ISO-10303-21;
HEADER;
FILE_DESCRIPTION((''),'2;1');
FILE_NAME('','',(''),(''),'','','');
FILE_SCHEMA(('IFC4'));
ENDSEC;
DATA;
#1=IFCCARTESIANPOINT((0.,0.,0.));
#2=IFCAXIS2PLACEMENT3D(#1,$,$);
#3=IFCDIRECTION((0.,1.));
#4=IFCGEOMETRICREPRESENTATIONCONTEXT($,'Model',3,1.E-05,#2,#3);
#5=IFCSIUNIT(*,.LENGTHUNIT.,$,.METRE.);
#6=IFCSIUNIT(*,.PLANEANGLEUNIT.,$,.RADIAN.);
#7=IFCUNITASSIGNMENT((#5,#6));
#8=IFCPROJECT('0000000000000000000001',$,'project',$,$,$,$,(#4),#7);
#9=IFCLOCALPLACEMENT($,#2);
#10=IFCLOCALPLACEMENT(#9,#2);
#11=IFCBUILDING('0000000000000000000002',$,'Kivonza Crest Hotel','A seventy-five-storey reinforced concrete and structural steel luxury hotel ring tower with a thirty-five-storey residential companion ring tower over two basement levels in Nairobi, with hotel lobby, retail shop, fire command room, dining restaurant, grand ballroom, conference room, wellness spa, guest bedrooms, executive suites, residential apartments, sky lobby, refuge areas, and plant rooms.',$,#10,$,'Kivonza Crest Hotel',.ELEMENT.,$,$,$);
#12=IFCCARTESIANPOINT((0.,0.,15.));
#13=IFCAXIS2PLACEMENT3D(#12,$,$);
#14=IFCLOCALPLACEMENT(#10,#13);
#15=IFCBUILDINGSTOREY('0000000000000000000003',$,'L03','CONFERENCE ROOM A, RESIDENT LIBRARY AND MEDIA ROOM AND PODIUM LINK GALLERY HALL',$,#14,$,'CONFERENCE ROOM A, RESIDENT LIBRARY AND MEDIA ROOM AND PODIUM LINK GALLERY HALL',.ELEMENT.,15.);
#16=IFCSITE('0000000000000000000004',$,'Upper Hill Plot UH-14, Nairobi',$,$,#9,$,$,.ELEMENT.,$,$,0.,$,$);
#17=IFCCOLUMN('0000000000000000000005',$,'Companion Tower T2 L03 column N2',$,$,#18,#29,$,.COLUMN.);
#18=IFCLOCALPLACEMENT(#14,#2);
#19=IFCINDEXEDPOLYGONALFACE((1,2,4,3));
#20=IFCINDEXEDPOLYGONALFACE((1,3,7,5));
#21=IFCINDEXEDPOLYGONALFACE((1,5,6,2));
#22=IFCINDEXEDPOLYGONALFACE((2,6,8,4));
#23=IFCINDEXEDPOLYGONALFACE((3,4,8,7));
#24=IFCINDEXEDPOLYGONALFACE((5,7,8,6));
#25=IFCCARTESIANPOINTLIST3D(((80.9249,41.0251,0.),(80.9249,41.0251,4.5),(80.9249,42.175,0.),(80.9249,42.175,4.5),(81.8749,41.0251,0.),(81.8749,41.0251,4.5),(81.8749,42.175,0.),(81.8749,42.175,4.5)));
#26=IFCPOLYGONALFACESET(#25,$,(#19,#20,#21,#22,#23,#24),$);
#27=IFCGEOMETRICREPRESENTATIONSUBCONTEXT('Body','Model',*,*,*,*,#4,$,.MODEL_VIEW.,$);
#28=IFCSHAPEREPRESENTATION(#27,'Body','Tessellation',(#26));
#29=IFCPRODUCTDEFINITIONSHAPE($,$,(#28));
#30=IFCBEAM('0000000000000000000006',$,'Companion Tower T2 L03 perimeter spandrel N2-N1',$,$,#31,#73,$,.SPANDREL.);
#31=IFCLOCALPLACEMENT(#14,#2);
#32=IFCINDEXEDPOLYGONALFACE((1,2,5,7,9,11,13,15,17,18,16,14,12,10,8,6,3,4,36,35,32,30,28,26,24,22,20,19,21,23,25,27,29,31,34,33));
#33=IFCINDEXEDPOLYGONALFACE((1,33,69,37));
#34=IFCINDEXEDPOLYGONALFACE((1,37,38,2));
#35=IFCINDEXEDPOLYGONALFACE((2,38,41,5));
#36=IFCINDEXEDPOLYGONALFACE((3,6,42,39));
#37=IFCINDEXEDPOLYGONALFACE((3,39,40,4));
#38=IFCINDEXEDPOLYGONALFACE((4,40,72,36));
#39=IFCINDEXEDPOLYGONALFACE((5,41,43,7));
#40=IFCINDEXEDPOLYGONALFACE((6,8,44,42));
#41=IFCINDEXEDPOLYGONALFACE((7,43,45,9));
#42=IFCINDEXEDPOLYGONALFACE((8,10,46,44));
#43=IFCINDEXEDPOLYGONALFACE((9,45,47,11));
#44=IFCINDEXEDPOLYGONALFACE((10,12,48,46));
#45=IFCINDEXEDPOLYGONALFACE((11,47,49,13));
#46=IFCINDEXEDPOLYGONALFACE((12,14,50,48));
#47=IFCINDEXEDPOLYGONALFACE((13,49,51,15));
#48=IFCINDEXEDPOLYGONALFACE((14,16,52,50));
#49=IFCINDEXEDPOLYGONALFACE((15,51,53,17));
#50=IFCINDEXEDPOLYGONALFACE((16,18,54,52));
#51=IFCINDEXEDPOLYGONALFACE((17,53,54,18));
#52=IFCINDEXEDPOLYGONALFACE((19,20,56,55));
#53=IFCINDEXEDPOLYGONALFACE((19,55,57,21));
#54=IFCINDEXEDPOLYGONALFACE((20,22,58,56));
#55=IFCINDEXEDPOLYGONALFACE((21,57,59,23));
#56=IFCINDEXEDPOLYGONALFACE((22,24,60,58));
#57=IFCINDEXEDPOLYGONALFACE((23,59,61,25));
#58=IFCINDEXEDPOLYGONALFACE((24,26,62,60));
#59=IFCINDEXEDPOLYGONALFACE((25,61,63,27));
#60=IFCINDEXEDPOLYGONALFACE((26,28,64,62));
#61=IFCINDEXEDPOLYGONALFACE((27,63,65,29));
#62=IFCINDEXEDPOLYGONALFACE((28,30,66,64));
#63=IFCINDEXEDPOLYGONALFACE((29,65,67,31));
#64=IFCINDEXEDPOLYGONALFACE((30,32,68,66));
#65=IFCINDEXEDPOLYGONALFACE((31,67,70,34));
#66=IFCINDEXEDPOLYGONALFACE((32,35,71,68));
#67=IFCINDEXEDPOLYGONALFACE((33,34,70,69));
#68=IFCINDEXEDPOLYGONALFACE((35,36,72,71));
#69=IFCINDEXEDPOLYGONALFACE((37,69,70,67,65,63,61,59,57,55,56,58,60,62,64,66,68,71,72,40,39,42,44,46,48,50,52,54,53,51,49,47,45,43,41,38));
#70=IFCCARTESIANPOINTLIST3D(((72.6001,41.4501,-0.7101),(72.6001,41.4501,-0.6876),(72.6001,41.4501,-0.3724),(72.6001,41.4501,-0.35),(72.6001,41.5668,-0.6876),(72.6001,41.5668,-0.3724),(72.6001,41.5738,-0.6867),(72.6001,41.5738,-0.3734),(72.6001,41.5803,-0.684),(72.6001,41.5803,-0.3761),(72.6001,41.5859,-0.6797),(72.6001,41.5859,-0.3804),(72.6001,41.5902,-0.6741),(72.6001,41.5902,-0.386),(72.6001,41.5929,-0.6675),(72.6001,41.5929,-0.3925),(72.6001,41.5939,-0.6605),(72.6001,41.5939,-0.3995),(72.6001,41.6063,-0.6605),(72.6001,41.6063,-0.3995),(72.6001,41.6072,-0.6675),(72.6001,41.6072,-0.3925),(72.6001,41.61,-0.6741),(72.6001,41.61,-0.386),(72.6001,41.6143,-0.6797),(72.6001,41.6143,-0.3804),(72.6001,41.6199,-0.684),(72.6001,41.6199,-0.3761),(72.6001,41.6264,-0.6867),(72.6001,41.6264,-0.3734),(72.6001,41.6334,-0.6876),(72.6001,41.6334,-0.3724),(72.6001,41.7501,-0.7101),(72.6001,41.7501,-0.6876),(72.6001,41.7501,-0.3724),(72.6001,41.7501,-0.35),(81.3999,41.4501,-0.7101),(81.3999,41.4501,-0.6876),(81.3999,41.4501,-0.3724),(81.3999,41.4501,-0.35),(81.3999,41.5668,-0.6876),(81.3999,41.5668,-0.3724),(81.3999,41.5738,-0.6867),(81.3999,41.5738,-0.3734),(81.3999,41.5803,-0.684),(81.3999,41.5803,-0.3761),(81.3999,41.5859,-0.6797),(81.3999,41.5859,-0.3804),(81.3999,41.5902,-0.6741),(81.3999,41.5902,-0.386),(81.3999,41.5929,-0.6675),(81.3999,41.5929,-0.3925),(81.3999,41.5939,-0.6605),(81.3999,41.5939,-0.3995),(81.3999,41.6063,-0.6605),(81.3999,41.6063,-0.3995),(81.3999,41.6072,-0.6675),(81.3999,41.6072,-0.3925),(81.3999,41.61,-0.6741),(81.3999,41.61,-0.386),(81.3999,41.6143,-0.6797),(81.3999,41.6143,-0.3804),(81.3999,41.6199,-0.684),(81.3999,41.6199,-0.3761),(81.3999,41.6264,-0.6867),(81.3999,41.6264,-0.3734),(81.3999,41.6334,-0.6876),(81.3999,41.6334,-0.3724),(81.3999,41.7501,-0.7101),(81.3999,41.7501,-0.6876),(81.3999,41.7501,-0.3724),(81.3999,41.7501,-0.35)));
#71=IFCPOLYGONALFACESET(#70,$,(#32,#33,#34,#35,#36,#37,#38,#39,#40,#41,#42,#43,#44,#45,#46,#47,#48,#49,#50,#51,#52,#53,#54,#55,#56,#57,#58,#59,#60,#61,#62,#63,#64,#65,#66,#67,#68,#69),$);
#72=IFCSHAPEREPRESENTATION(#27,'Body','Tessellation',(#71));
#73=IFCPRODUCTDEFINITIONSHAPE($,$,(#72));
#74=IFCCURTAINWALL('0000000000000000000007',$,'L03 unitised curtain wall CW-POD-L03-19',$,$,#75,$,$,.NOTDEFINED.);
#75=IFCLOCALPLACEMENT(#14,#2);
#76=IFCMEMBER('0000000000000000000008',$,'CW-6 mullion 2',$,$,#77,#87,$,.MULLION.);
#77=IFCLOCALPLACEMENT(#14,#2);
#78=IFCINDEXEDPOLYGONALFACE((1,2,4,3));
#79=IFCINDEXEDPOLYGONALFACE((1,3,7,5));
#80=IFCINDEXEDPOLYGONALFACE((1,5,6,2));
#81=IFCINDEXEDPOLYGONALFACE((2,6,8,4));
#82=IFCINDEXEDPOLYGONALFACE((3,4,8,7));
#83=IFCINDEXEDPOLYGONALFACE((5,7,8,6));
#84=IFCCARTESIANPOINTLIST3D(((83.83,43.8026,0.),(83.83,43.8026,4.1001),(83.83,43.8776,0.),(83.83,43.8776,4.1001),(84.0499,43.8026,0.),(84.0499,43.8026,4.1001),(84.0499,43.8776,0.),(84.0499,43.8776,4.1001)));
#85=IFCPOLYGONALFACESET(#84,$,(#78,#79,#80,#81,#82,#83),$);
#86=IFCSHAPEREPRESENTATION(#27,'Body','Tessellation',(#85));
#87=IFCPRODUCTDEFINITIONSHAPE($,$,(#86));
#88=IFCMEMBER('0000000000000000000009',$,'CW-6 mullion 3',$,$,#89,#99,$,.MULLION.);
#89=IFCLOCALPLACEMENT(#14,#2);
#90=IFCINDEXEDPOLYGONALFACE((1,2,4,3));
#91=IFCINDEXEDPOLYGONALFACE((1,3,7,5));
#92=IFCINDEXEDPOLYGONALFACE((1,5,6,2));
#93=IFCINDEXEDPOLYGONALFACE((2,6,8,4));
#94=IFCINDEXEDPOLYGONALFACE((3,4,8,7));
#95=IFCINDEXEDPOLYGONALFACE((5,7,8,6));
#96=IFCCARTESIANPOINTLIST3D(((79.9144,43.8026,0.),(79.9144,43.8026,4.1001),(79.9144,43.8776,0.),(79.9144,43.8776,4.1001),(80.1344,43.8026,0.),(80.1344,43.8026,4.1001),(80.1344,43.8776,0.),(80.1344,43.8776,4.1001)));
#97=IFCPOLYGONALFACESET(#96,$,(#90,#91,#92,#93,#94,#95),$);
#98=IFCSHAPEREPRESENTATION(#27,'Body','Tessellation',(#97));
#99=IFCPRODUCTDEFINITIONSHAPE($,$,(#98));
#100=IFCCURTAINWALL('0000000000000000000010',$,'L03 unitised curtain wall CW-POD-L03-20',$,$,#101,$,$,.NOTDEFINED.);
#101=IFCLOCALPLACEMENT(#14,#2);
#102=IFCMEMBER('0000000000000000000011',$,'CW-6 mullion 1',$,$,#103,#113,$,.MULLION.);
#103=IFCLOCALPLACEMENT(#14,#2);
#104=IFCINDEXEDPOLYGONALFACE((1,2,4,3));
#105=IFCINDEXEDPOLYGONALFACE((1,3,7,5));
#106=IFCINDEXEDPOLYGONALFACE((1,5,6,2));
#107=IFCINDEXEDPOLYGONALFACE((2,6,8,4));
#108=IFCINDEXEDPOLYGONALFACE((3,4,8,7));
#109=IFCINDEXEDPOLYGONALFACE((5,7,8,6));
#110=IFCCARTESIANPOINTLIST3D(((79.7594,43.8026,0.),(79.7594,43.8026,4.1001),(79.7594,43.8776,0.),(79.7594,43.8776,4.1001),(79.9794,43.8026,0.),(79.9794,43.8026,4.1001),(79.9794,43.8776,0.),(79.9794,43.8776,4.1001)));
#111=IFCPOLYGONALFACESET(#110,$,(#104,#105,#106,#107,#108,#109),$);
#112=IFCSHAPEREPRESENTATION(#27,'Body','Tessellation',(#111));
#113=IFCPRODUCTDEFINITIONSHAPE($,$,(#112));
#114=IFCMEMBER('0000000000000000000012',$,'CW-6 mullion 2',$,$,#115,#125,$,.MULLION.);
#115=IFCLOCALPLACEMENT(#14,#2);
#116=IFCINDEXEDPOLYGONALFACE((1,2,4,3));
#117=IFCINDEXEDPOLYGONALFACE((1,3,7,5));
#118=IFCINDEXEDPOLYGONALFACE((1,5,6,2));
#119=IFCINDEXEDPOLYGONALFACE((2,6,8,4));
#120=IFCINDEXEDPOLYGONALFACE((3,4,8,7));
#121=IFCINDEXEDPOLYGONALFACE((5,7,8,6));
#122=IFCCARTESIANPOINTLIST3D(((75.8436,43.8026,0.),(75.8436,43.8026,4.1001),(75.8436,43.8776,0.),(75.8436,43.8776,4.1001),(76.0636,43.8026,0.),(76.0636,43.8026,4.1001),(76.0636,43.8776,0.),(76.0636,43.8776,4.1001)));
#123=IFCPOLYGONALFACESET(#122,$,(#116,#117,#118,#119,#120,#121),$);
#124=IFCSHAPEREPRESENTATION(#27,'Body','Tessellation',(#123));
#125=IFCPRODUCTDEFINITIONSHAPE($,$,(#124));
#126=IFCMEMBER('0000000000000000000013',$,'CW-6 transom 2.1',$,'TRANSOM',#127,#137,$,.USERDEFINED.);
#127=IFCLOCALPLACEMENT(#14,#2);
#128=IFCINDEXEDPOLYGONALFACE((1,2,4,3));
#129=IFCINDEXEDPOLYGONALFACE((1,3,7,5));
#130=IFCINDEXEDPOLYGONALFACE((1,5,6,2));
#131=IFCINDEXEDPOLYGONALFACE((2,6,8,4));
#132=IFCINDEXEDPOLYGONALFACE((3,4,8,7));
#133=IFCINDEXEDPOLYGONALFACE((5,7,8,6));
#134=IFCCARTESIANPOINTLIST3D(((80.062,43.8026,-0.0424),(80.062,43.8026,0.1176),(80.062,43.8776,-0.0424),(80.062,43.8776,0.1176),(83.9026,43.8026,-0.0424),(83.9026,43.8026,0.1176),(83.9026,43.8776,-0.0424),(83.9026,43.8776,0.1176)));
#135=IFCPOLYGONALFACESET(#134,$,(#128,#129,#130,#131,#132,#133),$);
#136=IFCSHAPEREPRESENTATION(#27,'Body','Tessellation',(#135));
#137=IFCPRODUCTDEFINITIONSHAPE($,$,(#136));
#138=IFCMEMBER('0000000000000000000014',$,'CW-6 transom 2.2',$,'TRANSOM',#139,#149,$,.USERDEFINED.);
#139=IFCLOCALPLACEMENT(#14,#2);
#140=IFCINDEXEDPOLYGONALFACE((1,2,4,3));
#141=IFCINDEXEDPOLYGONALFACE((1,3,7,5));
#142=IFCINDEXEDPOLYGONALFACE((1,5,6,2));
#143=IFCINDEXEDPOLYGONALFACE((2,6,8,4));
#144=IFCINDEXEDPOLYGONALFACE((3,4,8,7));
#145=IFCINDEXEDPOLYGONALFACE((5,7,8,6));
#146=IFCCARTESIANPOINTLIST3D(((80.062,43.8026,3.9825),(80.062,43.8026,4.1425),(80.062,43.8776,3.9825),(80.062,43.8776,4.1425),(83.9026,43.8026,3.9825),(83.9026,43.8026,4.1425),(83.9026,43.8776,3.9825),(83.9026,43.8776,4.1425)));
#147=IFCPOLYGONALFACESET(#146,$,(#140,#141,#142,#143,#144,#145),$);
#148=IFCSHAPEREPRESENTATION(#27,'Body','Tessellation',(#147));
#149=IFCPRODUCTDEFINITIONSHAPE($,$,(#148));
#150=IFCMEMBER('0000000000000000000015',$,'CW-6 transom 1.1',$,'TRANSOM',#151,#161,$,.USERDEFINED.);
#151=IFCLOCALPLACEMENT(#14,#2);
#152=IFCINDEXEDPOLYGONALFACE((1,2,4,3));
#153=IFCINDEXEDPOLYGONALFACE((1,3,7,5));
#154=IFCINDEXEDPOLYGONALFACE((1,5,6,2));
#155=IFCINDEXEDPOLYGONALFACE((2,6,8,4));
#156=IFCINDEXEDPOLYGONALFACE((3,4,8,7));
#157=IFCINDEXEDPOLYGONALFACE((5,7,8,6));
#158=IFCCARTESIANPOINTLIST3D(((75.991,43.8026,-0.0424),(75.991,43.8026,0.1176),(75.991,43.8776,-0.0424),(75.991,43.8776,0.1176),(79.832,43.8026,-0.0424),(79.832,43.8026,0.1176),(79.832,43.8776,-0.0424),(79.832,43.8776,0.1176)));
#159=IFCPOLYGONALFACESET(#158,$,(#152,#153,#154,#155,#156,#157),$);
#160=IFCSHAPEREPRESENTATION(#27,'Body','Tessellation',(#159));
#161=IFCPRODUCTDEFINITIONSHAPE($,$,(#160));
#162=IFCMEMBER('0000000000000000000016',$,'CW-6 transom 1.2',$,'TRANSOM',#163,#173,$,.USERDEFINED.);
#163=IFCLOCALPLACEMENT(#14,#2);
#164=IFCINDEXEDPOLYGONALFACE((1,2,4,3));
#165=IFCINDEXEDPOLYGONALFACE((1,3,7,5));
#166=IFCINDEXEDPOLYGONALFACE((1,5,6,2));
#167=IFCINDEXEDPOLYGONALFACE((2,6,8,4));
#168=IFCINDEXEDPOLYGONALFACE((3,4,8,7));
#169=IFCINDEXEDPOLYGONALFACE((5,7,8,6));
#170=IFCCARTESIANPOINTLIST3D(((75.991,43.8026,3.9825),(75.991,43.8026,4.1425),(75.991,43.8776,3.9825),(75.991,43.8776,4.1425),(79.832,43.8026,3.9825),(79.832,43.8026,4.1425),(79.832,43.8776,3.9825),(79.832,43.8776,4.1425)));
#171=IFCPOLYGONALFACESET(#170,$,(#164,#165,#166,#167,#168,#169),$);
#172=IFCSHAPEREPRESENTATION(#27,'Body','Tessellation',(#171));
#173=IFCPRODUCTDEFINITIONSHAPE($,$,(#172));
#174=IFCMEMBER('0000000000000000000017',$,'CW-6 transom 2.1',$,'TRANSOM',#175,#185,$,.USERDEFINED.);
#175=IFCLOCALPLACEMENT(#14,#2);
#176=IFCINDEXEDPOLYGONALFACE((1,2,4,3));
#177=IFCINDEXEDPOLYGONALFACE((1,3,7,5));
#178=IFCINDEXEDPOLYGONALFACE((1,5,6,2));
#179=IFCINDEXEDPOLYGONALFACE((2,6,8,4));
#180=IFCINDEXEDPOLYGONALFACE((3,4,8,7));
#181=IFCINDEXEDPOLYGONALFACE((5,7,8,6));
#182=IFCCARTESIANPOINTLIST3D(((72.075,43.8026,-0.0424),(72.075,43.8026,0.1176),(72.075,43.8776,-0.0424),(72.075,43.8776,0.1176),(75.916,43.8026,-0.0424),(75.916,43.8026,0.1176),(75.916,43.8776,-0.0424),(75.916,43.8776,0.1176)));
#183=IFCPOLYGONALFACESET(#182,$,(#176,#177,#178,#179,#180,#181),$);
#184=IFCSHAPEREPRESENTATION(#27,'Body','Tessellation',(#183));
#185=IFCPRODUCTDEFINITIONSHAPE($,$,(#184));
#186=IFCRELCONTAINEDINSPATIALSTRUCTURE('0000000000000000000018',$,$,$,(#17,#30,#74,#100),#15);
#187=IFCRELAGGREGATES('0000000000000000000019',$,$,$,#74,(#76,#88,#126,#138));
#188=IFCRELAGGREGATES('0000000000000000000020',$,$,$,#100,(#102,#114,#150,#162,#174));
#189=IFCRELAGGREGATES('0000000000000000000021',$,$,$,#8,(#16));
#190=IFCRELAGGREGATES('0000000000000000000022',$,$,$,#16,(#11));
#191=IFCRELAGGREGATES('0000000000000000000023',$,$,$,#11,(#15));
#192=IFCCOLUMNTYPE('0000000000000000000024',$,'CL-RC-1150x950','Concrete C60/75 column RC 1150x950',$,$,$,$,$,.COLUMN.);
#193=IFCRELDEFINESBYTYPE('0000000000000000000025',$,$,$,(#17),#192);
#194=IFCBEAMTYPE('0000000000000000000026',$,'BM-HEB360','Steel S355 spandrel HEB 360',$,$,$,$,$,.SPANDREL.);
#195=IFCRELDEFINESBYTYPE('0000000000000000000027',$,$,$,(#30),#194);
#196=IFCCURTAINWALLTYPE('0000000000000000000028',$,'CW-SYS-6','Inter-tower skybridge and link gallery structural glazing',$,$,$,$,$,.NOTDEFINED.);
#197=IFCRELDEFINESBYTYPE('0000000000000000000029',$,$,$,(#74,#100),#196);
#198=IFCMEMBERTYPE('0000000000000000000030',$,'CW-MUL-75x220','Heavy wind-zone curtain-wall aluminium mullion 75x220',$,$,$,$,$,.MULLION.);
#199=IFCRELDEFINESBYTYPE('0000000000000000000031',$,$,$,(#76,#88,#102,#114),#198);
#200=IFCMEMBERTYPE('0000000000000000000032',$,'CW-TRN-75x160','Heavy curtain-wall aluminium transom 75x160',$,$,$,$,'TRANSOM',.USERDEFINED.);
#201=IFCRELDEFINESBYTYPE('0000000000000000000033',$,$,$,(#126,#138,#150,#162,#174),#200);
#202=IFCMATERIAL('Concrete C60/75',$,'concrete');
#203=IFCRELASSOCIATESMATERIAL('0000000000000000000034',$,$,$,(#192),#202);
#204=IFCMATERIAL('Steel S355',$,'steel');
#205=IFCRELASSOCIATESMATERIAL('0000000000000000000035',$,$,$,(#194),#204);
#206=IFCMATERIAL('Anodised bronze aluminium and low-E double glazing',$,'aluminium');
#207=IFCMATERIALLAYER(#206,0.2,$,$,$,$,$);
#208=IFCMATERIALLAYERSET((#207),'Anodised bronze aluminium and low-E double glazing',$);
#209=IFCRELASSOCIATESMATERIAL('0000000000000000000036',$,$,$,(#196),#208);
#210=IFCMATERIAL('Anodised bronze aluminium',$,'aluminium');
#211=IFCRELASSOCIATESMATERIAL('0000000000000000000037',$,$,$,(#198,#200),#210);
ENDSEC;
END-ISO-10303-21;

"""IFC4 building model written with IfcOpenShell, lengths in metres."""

from ifc_helpers import new_model, si_unit, direction, frame, origin, origin_2d, place, context, subcontext, project, spatial, rectangle, i_section, extrude, material, layer, layer_set, material_profile, profile_set, type_object, element, aggregate, save


model = new_model("IFC4")

# Units and contexts
model_context = context("Model", 3, precision=1e-05, world=origin(), true_north=direction((0.0, 1.0)))
body_context = subcontext(model_context, "Body", "Model", "MODEL_VIEW")
ifc_project = project(units=[si_unit("LENGTHUNIT", "METRE"), si_unit("PLANEANGLEUNIT", "RADIAN")], contexts=[model_context])

# Site, building, storey
site_placement = place(None, origin())
site = spatial("IfcSite", under=ifc_project, at=site_placement, Name="Upper Hill Plot UH-14, Nairobi", CompositionType="ELEMENT", RefElevation=0.0)
building_placement = place(site_placement, origin())
building = spatial("IfcBuilding", under=site, at=building_placement, Name="Kivonza Crest Hotel", Description="A seventy-five-storey reinforced concrete and structural steel luxury hotel ring tower with a thirty-five-storey residential companion ring tower over two basement levels in Nairobi, with hotel lobby, retail shop, fire command room, dining restaurant, grand ballroom, conference room, wellness spa, guest bedrooms, executive suites, residential apartments, sky lobby, refuge areas, and plant rooms.", LongName="Kivonza Crest Hotel", CompositionType="ELEMENT")
storey_placement = place(building_placement, frame((0.0, 0.0, 15.0)))
storey = spatial("IfcBuildingStorey", under=building, at=storey_placement, Name="L03", Description="CONFERENCE ROOM A, RESIDENT LIBRARY AND MEDIA ROOM AND PODIUM LINK GALLERY HALL", LongName="CONFERENCE ROOM A, RESIDENT LIBRARY AND MEDIA ROOM AND PODIUM LINK GALLERY HALL", CompositionType="ELEMENT", Elevation=15.0)

# Column
ifc_material_1 = material(Name="Concrete C60/75", Category="concrete")
ifc_material_profile_1 = material_profile(ifc_material_1, rectangle(XDim=0.95, YDim=1.1499, at=origin_2d()), Name="RC 1150x950")
ifc_profile_set_1 = profile_set([ifc_material_profile_1], Name="Concrete C60/75")
column_type = type_object("IfcColumnType", Name="CL-RC-1150x950", Description="Concrete C60/75 column RC 1150x950", PredefinedType="COLUMN", material=ifc_profile_set_1)
column_placement = place(storey_placement, frame((81.3999, 41.6001, 0.0), z_axis=(0.0, 0.0, 1.0), x_axis=(1.0, 0.0, 0.0)))
element("IfcColumn", 1, at=column_placement, inside=storey, type_object=column_type, Name="Companion Tower T2 L03 column N2", PredefinedType="COLUMN", context=body_context, shape_type="SweptSolid", body=[
    extrude(rectangle(XDim=0.95, YDim=1.1499, at=origin_2d()), origin(), (0.0, 0.0, 1.0), 4.5),
])

# Beam
ifc_material_2 = material(Name="Steel S355", Category="steel")
ifc_material_profile_2 = material_profile(ifc_material_2, i_section(OverallWidth=0.3, OverallDepth=0.3601, WebThickness=0.0125, FlangeThickness=0.0225, FilletRadius=0.0271, at=origin_2d()), Name="HEB 360")
ifc_profile_set_2 = profile_set([ifc_material_profile_2], Name="Steel S355")
beam_type = type_object("IfcBeamType", Name="BM-HEB360", Description="Steel S355 spandrel HEB 360", PredefinedType="SPANDREL", material=ifc_profile_set_2)
beam_placement = place(storey_placement, frame((81.3999, 41.6001, -0.53), z_axis=(-1.0, 0.0, 0.0), x_axis=(0.0, -1.0, 0.0)))
element("IfcBeam", 2, at=beam_placement, inside=storey, type_object=beam_type, Name="Companion Tower T2 L03 perimeter spandrel N2-N1", PredefinedType="SPANDREL", context=body_context, shape_type="SweptSolid", body=[
    extrude(i_section(OverallWidth=0.3, OverallDepth=0.3601, WebThickness=0.0125, FlangeThickness=0.0225, FilletRadius=0.0271, at=origin_2d()), origin(), (0.0, 0.0, 1.0), 8.7998),
])

# Curtain walls, members
ifc_material_3 = material(Name="Anodised bronze aluminium and low-E double glazing", Category="aluminium")
ifc_layer_1 = layer(ifc_material_3, 0.2)
ifc_layer_set_1 = layer_set([ifc_layer_1], Name="Anodised bronze aluminium and low-E double glazing")
curtain_wall_type = type_object("IfcCurtainWallType", Name="CW-SYS-6", Description="Inter-tower skybridge and link gallery structural glazing", PredefinedType="NOTDEFINED", material=ifc_layer_set_1)
curtain_wall_1_placement = place(storey_placement, origin())
curtain_wall_1 = element("IfcCurtainWall", 3, at=curtain_wall_1_placement, inside=storey, type_object=curtain_wall_type, Name="L03 unitised curtain wall CW-POD-L03-19", PredefinedType="NOTDEFINED")
ifc_material_4 = material(Name="Anodised bronze aluminium", Category="aluminium")
ifc_material_profile_3 = material_profile(ifc_material_4, rectangle(XDim=0.075, YDim=0.22, at=origin_2d()), Name="CW-M 75x220")
ifc_profile_set_3 = profile_set([ifc_material_profile_3], Name="Anodised bronze aluminium")
member_type_1 = type_object("IfcMemberType", Name="CW-MUL-75x220", Description="Heavy wind-zone curtain-wall aluminium mullion 75x220", PredefinedType="MULLION", material=ifc_profile_set_3)
member_1_placement = place(storey_placement, frame((83.9399, 43.8401, 0.0), z_axis=(0.0, 0.0, 1.0), x_axis=(0.0, -1.0, 0.0)))
member_1 = element("IfcMember", 4, at=member_1_placement, type_object=member_type_1, Name="CW-6 mullion 2", PredefinedType="MULLION", context=body_context, shape_type="SweptSolid", body=[
    extrude(rectangle(XDim=0.075, YDim=0.22, at=origin_2d()), origin(), (0.0, 0.0, 1.0), 4.1001),
])
member_2_placement = place(storey_placement, frame((80.0244, 43.8401, 0.0), z_axis=(0.0, 0.0, 1.0), x_axis=(0.0, -1.0, 0.0)))
member_2 = element("IfcMember", 5, at=member_2_placement, type_object=member_type_1, Name="CW-6 mullion 3", PredefinedType="MULLION", context=body_context, shape_type="SweptSolid", body=[
    extrude(rectangle(XDim=0.075, YDim=0.22, at=origin_2d()), origin(), (0.0, 0.0, 1.0), 4.1001),
])
curtain_wall_2_placement = place(storey_placement, origin())
curtain_wall_2 = element("IfcCurtainWall", 6, at=curtain_wall_2_placement, inside=storey, type_object=curtain_wall_type, Name="L03 unitised curtain wall CW-POD-L03-20", PredefinedType="NOTDEFINED")
member_3_placement = place(storey_placement, frame((79.8694, 43.8401, 0.0), z_axis=(0.0, 0.0, 1.0), x_axis=(0.0, -1.0, 0.0)))
member_3 = element("IfcMember", 7, at=member_3_placement, type_object=member_type_1, Name="CW-6 mullion 1", PredefinedType="MULLION", context=body_context, shape_type="SweptSolid", body=[
    extrude(rectangle(XDim=0.075, YDim=0.22, at=origin_2d()), origin(), (0.0, 0.0, 1.0), 4.1001),
])
member_4_placement = place(storey_placement, frame((75.9536, 43.8401, 0.0), z_axis=(0.0, 0.0, 1.0), x_axis=(0.0, -1.0, 0.0)))
member_4 = element("IfcMember", 8, at=member_4_placement, type_object=member_type_1, Name="CW-6 mullion 2", PredefinedType="MULLION", context=body_context, shape_type="SweptSolid", body=[
    extrude(rectangle(XDim=0.075, YDim=0.22, at=origin_2d()), origin(), (0.0, 0.0, 1.0), 4.1001),
])

# Members
ifc_material_profile_4 = material_profile(ifc_material_4, rectangle(XDim=0.075, YDim=0.1599, at=origin_2d()), Name="CW-T 75x160")
ifc_profile_set_4 = profile_set([ifc_material_profile_4], Name="Anodised bronze aluminium")
member_type_2 = type_object("IfcMemberType", Name="CW-TRN-75x160", Description="Heavy curtain-wall aluminium transom 75x160", ElementType="TRANSOM", PredefinedType="USERDEFINED", material=ifc_profile_set_4)
member_5_placement = place(storey_placement, frame((83.9026, 43.8401, 0.0376), z_axis=(-1.0, 0.0, 0.0), x_axis=(0.0, -1.0, 0.0)))
member_5 = element("IfcMember", 9, at=member_5_placement, type_object=member_type_2, Name="CW-6 transom 2.1", ObjectType="TRANSOM", PredefinedType="USERDEFINED", context=body_context, shape_type="SweptSolid", body=[
    extrude(rectangle(XDim=0.075, YDim=0.1599, at=origin_2d()), origin(), (0.0, 0.0, 1.0), 3.8406),
])
member_6_placement = place(storey_placement, frame((83.9026, 43.8401, 4.0625), z_axis=(-1.0, 0.0, 0.0), x_axis=(0.0, -1.0, 0.0)))
member_6 = element("IfcMember", 10, at=member_6_placement, type_object=member_type_2, Name="CW-6 transom 2.2", ObjectType="TRANSOM", PredefinedType="USERDEFINED", context=body_context, shape_type="SweptSolid", body=[
    extrude(rectangle(XDim=0.075, YDim=0.1599, at=origin_2d()), origin(), (0.0, 0.0, 1.0), 3.8406),
])
member_7_placement = place(storey_placement, frame((79.832, 43.8401, 0.0376), z_axis=(-1.0, 0.0, 0.0), x_axis=(0.0, -1.0, 0.0)))
member_7 = element("IfcMember", 11, at=member_7_placement, type_object=member_type_2, Name="CW-6 transom 1.1", ObjectType="TRANSOM", PredefinedType="USERDEFINED", context=body_context, shape_type="SweptSolid", body=[
    extrude(rectangle(XDim=0.075, YDim=0.1599, at=origin_2d()), origin(), (0.0, 0.0, 1.0), 3.8411),
])
member_8_placement = place(storey_placement, frame((79.832, 43.8401, 4.0625), z_axis=(-1.0, 0.0, 0.0), x_axis=(0.0, -1.0, 0.0)))
member_8 = element("IfcMember", 12, at=member_8_placement, type_object=member_type_2, Name="CW-6 transom 1.2", ObjectType="TRANSOM", PredefinedType="USERDEFINED", context=body_context, shape_type="SweptSolid", body=[
    extrude(rectangle(XDim=0.075, YDim=0.1599, at=origin_2d()), origin(), (0.0, 0.0, 1.0), 3.8411),
])
member_9_placement = place(storey_placement, frame((75.916, 43.8401, 0.0376), z_axis=(-1.0, 0.0, 0.0), x_axis=(0.0, -1.0, 0.0)))
member_9 = element("IfcMember", 13, at=member_9_placement, type_object=member_type_2, Name="CW-6 transom 2.1", ObjectType="TRANSOM", PredefinedType="USERDEFINED", context=body_context, shape_type="SweptSolid", body=[
    extrude(rectangle(XDim=0.075, YDim=0.1599, at=origin_2d()), origin(), (0.0, 0.0, 1.0), 3.8411),
])

aggregate(curtain_wall_1, [member_1, member_2, member_5, member_6])
aggregate(curtain_wall_2, [member_3, member_4, member_7, member_8, member_9])

save(model, "model.ifc")
